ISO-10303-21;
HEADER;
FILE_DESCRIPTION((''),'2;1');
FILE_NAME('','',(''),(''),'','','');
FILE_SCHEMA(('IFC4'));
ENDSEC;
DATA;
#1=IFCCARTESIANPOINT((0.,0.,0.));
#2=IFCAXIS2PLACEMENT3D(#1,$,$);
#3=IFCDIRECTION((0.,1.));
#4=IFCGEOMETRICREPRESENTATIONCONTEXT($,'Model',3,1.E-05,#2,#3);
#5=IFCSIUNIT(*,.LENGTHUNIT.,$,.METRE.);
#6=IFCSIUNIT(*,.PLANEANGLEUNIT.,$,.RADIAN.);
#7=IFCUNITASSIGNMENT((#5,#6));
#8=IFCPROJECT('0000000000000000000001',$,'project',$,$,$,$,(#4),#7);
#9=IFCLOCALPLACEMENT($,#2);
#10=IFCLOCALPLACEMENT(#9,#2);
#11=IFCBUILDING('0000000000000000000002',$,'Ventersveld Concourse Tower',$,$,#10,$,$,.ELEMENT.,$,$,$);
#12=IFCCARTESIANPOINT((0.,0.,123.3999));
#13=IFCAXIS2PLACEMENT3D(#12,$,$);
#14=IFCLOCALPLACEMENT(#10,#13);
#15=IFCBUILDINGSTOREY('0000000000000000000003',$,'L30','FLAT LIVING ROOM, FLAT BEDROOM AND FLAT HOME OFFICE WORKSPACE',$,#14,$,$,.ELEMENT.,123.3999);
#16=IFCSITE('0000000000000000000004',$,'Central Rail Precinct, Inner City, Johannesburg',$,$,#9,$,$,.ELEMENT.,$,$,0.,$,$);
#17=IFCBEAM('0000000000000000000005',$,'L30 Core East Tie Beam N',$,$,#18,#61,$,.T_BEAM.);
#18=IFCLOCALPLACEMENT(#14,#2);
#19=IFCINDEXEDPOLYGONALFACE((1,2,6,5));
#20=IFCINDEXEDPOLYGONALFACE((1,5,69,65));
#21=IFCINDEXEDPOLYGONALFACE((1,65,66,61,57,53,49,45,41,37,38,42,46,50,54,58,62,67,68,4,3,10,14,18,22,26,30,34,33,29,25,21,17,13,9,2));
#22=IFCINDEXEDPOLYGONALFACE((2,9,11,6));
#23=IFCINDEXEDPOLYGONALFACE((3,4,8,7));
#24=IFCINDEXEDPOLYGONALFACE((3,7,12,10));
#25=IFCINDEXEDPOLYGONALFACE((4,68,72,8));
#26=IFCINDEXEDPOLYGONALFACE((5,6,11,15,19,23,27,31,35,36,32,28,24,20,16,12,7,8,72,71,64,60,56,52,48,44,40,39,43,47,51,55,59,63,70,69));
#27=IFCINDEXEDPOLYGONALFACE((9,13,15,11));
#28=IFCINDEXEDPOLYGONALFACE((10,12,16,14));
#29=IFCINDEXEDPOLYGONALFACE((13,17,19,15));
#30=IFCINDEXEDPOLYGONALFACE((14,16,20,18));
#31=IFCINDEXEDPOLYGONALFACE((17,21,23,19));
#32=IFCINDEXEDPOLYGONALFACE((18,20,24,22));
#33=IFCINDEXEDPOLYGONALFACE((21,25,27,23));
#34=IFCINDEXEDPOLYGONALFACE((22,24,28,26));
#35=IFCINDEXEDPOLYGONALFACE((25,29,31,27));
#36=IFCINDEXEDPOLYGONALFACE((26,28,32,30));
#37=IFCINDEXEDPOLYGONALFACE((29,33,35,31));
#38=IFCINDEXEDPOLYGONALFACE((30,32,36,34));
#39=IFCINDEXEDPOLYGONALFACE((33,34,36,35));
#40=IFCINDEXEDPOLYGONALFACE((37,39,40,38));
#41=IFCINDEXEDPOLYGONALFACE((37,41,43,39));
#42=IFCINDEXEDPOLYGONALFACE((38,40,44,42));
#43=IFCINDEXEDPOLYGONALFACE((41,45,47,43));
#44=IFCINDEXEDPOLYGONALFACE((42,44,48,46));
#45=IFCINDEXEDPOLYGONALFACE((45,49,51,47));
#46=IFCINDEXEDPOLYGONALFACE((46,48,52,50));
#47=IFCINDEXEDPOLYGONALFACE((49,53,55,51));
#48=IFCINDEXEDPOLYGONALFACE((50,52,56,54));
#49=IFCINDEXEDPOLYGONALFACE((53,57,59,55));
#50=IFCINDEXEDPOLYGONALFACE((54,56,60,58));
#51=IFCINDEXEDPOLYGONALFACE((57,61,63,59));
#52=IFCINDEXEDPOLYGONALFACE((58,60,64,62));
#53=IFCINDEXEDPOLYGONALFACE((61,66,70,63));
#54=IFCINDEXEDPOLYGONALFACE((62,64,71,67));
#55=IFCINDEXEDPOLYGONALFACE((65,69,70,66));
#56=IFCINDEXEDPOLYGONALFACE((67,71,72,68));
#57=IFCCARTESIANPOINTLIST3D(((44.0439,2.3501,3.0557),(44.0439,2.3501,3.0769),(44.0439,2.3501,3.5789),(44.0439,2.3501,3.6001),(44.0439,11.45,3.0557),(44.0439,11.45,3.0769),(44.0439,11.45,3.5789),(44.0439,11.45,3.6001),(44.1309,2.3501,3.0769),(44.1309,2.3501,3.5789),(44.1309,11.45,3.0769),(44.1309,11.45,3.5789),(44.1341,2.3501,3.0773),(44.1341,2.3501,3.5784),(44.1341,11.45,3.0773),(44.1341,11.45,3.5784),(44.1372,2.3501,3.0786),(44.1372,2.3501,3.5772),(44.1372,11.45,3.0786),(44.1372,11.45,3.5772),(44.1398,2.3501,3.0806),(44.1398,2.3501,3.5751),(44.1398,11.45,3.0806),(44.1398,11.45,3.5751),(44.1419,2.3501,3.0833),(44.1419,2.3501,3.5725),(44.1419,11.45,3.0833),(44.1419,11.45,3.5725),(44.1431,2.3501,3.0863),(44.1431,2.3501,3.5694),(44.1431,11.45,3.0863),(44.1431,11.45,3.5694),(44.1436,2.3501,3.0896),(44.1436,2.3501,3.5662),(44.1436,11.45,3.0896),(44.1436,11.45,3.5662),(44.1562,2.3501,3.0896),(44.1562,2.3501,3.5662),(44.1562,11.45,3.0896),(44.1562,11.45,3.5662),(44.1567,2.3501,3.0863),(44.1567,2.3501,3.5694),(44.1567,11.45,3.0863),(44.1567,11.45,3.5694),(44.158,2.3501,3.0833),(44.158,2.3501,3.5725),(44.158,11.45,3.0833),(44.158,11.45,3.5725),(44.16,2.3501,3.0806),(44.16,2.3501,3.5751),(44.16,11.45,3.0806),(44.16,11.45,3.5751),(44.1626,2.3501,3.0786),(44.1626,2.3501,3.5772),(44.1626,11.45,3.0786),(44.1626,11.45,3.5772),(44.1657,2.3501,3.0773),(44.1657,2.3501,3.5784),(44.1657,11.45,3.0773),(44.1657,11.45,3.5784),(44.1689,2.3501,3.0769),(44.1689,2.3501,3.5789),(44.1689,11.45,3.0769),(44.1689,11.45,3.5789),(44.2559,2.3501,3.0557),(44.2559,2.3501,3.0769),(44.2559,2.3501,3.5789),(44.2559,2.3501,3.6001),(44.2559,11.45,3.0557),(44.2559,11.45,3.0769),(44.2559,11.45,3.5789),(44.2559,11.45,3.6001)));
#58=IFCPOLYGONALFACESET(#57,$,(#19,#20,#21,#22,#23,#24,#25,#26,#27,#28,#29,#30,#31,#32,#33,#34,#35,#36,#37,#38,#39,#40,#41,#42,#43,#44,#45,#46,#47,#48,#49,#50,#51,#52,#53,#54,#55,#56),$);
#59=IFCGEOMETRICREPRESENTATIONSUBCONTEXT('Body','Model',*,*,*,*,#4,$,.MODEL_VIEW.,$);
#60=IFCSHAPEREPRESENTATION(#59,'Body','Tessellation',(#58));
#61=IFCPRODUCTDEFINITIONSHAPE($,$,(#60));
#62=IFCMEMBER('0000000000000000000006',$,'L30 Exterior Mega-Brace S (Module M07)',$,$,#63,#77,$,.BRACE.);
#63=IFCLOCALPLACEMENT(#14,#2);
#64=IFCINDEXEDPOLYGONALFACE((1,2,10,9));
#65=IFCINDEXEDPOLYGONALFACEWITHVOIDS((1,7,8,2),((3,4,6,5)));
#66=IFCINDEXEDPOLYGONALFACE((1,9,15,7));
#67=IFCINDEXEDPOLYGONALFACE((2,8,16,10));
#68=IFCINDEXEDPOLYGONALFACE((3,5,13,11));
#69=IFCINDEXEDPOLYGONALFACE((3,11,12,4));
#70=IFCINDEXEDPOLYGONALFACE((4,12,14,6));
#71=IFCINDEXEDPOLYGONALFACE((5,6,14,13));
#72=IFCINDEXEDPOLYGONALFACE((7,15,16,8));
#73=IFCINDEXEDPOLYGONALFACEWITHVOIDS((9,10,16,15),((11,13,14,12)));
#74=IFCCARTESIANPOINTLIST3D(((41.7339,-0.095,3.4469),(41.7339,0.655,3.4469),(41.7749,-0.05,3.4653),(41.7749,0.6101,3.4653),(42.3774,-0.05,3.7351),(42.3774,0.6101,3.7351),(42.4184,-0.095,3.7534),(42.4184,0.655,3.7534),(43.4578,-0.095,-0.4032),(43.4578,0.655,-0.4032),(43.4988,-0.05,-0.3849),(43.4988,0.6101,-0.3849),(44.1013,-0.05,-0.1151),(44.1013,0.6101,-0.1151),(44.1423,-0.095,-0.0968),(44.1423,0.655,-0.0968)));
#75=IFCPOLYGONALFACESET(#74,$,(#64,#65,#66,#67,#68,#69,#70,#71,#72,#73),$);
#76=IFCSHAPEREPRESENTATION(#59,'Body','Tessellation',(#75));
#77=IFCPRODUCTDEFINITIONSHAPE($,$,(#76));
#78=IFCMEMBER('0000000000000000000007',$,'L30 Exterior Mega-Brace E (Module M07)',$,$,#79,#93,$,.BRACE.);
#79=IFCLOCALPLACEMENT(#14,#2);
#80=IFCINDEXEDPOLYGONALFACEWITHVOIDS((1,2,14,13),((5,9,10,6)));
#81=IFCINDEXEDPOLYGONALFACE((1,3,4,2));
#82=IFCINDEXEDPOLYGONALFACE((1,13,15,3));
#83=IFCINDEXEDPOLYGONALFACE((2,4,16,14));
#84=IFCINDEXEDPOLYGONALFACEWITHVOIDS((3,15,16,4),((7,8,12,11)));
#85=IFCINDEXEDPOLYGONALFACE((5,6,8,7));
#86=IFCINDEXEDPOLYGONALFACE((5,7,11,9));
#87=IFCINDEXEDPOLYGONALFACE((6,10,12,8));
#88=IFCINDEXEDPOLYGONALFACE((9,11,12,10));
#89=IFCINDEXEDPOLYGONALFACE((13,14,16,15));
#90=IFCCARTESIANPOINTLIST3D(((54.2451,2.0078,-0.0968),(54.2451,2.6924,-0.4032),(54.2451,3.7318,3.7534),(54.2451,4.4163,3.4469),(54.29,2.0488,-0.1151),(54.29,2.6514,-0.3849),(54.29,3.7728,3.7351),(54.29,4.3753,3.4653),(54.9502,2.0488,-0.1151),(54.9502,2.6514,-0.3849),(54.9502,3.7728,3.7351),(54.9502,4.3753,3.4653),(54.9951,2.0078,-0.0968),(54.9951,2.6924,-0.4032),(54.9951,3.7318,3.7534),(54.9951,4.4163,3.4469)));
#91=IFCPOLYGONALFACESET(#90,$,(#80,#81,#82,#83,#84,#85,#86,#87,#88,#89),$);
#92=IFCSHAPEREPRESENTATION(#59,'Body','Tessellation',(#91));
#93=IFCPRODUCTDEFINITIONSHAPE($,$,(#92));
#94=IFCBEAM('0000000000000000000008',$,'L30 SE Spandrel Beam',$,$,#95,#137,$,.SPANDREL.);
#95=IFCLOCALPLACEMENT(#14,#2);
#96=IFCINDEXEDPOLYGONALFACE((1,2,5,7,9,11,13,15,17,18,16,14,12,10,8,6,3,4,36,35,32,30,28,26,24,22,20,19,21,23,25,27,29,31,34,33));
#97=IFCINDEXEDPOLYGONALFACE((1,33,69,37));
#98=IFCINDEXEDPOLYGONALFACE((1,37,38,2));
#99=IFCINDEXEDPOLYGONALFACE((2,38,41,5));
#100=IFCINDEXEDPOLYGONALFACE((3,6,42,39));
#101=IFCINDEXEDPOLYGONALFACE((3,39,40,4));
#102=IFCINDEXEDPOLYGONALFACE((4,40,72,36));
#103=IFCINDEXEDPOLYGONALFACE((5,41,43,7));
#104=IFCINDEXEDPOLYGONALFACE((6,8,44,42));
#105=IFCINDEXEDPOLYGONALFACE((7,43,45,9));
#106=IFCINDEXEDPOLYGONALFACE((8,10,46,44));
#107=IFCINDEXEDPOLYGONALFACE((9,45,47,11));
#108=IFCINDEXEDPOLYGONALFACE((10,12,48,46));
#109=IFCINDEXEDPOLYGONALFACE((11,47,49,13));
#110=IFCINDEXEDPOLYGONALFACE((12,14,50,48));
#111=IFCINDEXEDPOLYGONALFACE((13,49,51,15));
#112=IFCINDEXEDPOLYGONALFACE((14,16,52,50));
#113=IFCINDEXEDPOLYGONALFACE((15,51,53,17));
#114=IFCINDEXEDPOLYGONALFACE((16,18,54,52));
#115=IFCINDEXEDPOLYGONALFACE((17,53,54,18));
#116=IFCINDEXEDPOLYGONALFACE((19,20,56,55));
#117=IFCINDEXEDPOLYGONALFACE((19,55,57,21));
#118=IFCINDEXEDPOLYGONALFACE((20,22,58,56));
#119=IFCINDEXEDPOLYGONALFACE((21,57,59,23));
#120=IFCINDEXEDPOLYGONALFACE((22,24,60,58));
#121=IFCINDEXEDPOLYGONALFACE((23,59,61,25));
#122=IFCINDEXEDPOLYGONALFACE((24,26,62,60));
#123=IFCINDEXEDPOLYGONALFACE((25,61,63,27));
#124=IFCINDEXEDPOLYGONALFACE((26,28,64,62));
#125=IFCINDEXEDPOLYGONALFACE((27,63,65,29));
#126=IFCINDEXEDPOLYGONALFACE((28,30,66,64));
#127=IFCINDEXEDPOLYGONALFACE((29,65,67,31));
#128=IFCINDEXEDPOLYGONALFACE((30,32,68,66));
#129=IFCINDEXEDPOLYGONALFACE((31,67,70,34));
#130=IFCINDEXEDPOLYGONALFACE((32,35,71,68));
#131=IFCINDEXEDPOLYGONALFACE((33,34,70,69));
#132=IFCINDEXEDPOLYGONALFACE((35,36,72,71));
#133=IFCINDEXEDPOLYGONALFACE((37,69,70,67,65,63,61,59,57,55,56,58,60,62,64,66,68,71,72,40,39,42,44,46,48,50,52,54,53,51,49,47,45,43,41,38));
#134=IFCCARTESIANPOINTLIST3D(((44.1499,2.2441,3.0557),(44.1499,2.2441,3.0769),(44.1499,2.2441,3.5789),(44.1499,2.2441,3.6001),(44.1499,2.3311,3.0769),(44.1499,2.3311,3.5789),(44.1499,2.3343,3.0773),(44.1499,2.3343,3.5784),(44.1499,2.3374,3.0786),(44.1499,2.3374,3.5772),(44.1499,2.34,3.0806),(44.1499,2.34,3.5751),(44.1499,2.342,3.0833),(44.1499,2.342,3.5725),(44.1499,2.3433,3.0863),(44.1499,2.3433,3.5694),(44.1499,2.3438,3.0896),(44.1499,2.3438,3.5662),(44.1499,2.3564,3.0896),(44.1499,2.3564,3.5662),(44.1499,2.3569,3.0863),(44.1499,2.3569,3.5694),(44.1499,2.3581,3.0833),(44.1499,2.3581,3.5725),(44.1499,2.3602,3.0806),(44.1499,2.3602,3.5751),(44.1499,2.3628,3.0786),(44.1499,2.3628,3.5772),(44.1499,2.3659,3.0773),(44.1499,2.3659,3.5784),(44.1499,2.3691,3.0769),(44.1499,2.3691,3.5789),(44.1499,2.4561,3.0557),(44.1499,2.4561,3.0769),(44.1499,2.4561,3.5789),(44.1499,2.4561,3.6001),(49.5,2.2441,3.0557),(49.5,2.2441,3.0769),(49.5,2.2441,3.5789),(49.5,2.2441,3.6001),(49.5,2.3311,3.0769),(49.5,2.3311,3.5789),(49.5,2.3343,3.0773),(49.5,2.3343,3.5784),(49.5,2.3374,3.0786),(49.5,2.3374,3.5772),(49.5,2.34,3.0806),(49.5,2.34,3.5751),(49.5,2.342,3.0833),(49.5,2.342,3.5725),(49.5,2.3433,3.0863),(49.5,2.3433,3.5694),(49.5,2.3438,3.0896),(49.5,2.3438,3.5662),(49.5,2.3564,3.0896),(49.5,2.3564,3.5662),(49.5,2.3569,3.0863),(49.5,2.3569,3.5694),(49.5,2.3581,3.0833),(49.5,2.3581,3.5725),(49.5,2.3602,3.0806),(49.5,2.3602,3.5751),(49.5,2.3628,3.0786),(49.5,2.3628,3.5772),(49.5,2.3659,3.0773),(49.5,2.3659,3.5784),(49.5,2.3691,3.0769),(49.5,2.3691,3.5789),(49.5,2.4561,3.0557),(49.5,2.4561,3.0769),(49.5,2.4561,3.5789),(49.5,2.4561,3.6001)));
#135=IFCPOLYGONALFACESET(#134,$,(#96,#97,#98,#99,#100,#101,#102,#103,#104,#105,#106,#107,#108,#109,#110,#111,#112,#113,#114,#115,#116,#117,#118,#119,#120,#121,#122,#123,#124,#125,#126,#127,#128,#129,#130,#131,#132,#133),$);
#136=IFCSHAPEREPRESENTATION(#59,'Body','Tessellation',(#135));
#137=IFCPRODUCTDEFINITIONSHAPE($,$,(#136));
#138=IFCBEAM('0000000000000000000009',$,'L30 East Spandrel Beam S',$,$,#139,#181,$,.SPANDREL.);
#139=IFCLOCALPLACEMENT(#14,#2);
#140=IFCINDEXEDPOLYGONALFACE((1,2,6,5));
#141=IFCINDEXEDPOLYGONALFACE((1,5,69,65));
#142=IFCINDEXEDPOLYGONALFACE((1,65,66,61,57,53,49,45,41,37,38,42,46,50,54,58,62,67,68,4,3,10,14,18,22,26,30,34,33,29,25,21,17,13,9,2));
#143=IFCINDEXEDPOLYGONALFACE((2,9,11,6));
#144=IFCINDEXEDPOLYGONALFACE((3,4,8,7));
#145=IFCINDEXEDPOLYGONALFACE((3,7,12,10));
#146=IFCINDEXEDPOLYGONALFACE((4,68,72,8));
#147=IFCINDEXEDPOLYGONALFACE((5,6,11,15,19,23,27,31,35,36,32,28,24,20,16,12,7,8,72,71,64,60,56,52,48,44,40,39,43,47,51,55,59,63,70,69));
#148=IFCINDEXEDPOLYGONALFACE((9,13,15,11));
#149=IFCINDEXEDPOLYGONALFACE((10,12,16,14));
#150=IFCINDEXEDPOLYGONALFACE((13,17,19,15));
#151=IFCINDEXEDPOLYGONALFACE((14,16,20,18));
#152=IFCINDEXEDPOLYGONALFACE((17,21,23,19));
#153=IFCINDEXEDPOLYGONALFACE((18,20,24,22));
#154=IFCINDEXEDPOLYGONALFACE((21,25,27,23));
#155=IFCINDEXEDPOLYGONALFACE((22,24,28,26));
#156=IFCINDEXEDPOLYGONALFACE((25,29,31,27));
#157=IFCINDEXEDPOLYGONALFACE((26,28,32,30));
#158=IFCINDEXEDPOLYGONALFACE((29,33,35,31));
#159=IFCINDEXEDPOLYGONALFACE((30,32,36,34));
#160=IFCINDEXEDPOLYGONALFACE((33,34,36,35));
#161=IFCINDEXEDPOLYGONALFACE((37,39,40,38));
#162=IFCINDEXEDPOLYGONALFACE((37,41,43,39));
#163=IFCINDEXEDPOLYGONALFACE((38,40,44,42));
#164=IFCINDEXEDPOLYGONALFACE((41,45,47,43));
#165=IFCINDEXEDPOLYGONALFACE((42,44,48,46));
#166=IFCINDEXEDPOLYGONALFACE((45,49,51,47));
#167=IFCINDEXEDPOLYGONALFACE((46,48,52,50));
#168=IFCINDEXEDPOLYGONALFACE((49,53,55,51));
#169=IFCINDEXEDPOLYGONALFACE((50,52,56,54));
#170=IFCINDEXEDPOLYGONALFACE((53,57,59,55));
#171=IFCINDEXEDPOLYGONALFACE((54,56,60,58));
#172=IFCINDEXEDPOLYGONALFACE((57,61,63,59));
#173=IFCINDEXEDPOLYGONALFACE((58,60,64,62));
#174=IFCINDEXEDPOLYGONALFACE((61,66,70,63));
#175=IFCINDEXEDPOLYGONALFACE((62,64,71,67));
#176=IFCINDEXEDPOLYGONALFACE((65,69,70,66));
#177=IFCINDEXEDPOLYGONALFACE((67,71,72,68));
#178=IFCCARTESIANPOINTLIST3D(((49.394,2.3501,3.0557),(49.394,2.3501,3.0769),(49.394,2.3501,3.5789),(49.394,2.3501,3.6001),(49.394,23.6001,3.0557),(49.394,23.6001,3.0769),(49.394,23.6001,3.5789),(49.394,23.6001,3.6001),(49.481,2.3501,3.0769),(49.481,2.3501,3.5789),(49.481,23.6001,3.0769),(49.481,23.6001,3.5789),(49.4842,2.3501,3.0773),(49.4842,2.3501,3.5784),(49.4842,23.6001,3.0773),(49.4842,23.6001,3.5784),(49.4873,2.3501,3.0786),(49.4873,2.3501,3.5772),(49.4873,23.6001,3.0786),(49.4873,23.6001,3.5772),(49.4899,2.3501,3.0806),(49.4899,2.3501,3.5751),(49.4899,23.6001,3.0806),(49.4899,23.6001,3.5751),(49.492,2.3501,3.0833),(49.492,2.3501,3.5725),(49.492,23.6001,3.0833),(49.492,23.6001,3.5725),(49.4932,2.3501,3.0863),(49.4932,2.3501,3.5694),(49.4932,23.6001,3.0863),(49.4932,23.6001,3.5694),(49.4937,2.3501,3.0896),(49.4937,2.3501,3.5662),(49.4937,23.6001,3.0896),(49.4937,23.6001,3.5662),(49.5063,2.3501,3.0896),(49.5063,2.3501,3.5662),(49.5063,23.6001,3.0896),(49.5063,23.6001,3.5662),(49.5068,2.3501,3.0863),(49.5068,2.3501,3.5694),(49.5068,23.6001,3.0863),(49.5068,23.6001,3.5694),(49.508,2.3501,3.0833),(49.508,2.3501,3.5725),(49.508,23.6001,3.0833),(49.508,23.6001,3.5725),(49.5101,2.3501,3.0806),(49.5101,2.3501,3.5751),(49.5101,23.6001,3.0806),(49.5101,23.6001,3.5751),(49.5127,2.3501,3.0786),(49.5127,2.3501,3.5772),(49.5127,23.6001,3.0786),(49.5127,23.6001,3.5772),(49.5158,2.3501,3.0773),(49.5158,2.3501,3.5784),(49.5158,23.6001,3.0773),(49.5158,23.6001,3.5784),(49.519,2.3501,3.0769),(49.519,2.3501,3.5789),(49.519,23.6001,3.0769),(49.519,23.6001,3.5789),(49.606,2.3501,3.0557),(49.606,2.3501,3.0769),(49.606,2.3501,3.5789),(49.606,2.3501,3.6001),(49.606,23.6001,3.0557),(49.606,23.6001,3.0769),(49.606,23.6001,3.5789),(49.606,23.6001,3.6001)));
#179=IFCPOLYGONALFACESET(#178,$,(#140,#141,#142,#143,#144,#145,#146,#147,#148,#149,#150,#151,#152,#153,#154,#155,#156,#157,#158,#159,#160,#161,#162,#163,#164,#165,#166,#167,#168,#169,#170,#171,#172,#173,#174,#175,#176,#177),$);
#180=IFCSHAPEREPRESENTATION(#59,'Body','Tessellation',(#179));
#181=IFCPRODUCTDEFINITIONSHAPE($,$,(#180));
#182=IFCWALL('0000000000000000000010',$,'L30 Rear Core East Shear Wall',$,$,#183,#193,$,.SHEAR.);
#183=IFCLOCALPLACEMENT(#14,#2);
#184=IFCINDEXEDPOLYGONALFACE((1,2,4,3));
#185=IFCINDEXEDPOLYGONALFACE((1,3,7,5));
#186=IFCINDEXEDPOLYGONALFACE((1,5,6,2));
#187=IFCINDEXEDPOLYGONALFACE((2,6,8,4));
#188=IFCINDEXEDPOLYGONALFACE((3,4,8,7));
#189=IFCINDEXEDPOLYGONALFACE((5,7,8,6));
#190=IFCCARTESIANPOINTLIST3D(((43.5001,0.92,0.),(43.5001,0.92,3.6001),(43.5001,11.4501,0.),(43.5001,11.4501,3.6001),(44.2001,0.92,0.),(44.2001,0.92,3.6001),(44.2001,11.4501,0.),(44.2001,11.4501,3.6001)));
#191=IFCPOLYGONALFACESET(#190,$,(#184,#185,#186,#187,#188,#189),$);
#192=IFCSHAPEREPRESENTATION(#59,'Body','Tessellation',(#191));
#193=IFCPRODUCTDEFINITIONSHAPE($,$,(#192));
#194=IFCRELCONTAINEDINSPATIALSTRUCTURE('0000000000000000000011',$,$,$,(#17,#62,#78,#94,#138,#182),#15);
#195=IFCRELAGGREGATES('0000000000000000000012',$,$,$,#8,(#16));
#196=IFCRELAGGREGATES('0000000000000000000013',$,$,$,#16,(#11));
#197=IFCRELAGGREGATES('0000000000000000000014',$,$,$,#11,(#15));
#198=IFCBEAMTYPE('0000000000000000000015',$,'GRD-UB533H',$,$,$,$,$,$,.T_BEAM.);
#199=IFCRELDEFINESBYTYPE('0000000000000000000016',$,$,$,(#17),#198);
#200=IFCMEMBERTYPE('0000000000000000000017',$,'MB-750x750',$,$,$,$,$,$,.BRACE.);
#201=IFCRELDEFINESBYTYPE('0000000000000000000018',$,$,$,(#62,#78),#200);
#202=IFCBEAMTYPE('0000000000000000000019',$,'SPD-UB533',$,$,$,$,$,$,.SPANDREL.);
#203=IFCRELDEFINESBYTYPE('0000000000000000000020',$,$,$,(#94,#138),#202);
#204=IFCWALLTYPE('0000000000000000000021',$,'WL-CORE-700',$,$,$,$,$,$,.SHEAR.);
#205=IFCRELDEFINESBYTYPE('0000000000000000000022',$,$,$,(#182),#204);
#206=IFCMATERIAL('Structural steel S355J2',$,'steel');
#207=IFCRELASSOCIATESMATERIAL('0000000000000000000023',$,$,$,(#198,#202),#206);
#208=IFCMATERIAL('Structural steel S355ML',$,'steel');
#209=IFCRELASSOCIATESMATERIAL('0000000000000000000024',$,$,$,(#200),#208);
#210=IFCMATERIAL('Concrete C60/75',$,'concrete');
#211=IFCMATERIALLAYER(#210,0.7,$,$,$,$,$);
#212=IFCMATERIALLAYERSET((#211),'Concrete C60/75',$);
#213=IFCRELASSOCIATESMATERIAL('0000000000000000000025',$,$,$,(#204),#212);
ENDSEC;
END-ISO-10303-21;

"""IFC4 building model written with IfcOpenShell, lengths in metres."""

from ifc_helpers import new_model, si_unit, direction, frame, frame_2d, origin, origin_2d, place, context, subcontext, project, spatial, rectangle, hollow_rectangle, i_section, extrude, material, layer, layer_set, material_profile, profile_set, type_object, element, save


model = new_model("IFC4")

# Units and contexts
model_context = context("Model", 3, precision=1e-05, world=origin(), true_north=direction((0.0, 1.0)))
body_context = subcontext(model_context, "Body", "Model", "MODEL_VIEW")
ifc_project = project(units=[si_unit("LENGTHUNIT", "METRE"), si_unit("PLANEANGLEUNIT", "RADIAN")], contexts=[model_context])

# Site, building, storey
site_placement = place(None, origin())
site = spatial("IfcSite", under=ifc_project, at=site_placement, Name="Central Rail Precinct, Inner City, Johannesburg", CompositionType="ELEMENT", RefElevation=0.0)
building_placement = place(site_placement, origin())
building = spatial("IfcBuilding", under=site, at=building_placement, Name="Ventersveld Concourse Tower", CompositionType="ELEMENT")
storey_placement = place(building_placement, frame((0.0, 0.0, 123.3999)))
storey = spatial("IfcBuildingStorey", under=building, at=storey_placement, Name="L30", Description="FLAT LIVING ROOM, FLAT BEDROOM AND FLAT HOME OFFICE WORKSPACE", CompositionType="ELEMENT", Elevation=123.3999)

# Beam
ifc_material_1 = material(Name="Structural steel S355J2", Category="steel")
ifc_material_profile_1 = material_profile(ifc_material_1, i_section(OverallWidth=0.2119, OverallDepth=0.5444, WebThickness=0.0127, FlangeThickness=0.0212, FilletRadius=0.0127, at=origin_2d()), Name="UB 533x210x122")
ifc_profile_set_1 = profile_set([ifc_material_profile_1], Name="Structural steel S355J2")
beam_type_1 = type_object("IfcBeamType", Name="GRD-UB533H", PredefinedType="T_BEAM", material=ifc_profile_set_1)
beam_1_placement = place(storey_placement, frame((44.1499, 2.3501, 3.3279), z_axis=(0.0, 1.0, 0.0), x_axis=(-1.0, 0.0, 0.0)))
element("IfcBeam", 1, at=beam_1_placement, inside=storey, type_object=beam_type_1, Name="L30 Core East Tie Beam N", PredefinedType="T_BEAM", context=body_context, shape_type="SweptSolid", body=[
    extrude(i_section(OverallWidth=0.2119, OverallDepth=0.5444, WebThickness=0.0127, FlangeThickness=0.0212, FilletRadius=0.0127, at=origin_2d()), origin(), (0.0, 0.0, 1.0), 9.0999),
])

# Members
ifc_material_2 = material(Name="Structural steel S355ML", Category="steel")
ifc_material_profile_2 = material_profile(ifc_material_2, hollow_rectangle(XDim=0.75, YDim=0.75, WallThickness=0.0449, at=origin_2d()), Name="BOX 750x750x45")
ifc_profile_set_2 = profile_set([ifc_material_profile_2], Name="Structural steel S355ML")
member_type = type_object("IfcMemberType", Name="MB-750x750", PredefinedType="BRACE", material=ifc_profile_set_2)
for number, where, z_axis, x_axis, name in (
    (2, (43.8, 0.28, -0.25), (-0.408655, 0.0, 0.912689), (0.0, -1.0, 0.0), "L30 Exterior Mega-Brace S (Module M07)"),
    (3, (54.6201, 2.3501, -0.25), (0.0, 0.408655, 0.912689), (-1.0, 0.0, 0.0), "L30 Exterior Mega-Brace E (Module M07)"),
):
    element("IfcMember", number, at=place(storey_placement, frame(where, z_axis=z_axis, x_axis=x_axis)), inside=storey, type_object=member_type, Name=name, PredefinedType="BRACE", context=body_context, shape_type="SweptSolid", body=[
        extrude(hollow_rectangle(XDim=0.75, YDim=0.75, WallThickness=0.0449, at=origin_2d()), origin(), (0.0, 0.0, 1.0), 4.2185),
    ])

# Beams
ifc_material_profile_3 = material_profile(ifc_material_1, i_section(OverallWidth=0.2119, OverallDepth=0.5444, WebThickness=0.0127, FlangeThickness=0.0212, FilletRadius=0.0127, at=origin_2d()), Name="UB 533x210x122")
ifc_profile_set_3 = profile_set([ifc_material_profile_3], Name="Structural steel S355J2")
beam_type_2 = type_object("IfcBeamType", Name="SPD-UB533", PredefinedType="SPANDREL", material=ifc_profile_set_3)
beam_2_placement = place(storey_placement, frame((44.1499, 2.3501, 3.3279), z_axis=(1.0, 0.0, 0.0), x_axis=(0.0, 1.0, 0.0)))
element("IfcBeam", 4, at=beam_2_placement, inside=storey, type_object=beam_type_2, Name="L30 SE Spandrel Beam", PredefinedType="SPANDREL", context=body_context, shape_type="SweptSolid", body=[
    extrude(i_section(OverallWidth=0.2119, OverallDepth=0.5444, WebThickness=0.0127, FlangeThickness=0.0212, FilletRadius=0.0127, at=origin_2d()), origin(), (0.0, 0.0, 1.0), 5.3501),
])
beam_3_placement = place(storey_placement, frame((49.5, 2.3501, 3.3279), z_axis=(0.0, 1.0, 0.0), x_axis=(-1.0, 0.0, 0.0)))
element("IfcBeam", 5, at=beam_3_placement, inside=storey, type_object=beam_type_2, Name="L30 East Spandrel Beam S", PredefinedType="SPANDREL", context=body_context, shape_type="SweptSolid", body=[
    extrude(i_section(OverallWidth=0.2119, OverallDepth=0.5444, WebThickness=0.0127, FlangeThickness=0.0212, FilletRadius=0.0127, at=origin_2d()), origin(), (0.0, 0.0, 1.0), 21.25),
])

# Wall
ifc_material_3 = material(Name="Concrete C60/75", Category="concrete")
ifc_layer_1 = layer(ifc_material_3, 0.7)
ifc_layer_set_1 = layer_set([ifc_layer_1], Name="Concrete C60/75")
wall_type_1 = type_object("IfcWallType", Name="WL-CORE-700", PredefinedType="SHEAR", material=ifc_layer_set_1)
wall_1_placement = place(storey_placement, frame((43.8501, 0.9199, 0.0), z_axis=(0.0, 0.0, 1.0), x_axis=(0.0, 1.0, 0.0)))
element("IfcWall", 6, at=wall_1_placement, inside=storey, type_object=wall_type_1, Name="L30 Rear Core East Shear Wall", PredefinedType="SHEAR", context=body_context, shape_type="SweptSolid", body=[
    extrude(rectangle(XDim=10.53, YDim=0.7, at=frame_2d((5.2651, 0.0))), origin(), (0.0, 0.0, 1.0), 3.6001),
])

save(model, "model.ifc")
